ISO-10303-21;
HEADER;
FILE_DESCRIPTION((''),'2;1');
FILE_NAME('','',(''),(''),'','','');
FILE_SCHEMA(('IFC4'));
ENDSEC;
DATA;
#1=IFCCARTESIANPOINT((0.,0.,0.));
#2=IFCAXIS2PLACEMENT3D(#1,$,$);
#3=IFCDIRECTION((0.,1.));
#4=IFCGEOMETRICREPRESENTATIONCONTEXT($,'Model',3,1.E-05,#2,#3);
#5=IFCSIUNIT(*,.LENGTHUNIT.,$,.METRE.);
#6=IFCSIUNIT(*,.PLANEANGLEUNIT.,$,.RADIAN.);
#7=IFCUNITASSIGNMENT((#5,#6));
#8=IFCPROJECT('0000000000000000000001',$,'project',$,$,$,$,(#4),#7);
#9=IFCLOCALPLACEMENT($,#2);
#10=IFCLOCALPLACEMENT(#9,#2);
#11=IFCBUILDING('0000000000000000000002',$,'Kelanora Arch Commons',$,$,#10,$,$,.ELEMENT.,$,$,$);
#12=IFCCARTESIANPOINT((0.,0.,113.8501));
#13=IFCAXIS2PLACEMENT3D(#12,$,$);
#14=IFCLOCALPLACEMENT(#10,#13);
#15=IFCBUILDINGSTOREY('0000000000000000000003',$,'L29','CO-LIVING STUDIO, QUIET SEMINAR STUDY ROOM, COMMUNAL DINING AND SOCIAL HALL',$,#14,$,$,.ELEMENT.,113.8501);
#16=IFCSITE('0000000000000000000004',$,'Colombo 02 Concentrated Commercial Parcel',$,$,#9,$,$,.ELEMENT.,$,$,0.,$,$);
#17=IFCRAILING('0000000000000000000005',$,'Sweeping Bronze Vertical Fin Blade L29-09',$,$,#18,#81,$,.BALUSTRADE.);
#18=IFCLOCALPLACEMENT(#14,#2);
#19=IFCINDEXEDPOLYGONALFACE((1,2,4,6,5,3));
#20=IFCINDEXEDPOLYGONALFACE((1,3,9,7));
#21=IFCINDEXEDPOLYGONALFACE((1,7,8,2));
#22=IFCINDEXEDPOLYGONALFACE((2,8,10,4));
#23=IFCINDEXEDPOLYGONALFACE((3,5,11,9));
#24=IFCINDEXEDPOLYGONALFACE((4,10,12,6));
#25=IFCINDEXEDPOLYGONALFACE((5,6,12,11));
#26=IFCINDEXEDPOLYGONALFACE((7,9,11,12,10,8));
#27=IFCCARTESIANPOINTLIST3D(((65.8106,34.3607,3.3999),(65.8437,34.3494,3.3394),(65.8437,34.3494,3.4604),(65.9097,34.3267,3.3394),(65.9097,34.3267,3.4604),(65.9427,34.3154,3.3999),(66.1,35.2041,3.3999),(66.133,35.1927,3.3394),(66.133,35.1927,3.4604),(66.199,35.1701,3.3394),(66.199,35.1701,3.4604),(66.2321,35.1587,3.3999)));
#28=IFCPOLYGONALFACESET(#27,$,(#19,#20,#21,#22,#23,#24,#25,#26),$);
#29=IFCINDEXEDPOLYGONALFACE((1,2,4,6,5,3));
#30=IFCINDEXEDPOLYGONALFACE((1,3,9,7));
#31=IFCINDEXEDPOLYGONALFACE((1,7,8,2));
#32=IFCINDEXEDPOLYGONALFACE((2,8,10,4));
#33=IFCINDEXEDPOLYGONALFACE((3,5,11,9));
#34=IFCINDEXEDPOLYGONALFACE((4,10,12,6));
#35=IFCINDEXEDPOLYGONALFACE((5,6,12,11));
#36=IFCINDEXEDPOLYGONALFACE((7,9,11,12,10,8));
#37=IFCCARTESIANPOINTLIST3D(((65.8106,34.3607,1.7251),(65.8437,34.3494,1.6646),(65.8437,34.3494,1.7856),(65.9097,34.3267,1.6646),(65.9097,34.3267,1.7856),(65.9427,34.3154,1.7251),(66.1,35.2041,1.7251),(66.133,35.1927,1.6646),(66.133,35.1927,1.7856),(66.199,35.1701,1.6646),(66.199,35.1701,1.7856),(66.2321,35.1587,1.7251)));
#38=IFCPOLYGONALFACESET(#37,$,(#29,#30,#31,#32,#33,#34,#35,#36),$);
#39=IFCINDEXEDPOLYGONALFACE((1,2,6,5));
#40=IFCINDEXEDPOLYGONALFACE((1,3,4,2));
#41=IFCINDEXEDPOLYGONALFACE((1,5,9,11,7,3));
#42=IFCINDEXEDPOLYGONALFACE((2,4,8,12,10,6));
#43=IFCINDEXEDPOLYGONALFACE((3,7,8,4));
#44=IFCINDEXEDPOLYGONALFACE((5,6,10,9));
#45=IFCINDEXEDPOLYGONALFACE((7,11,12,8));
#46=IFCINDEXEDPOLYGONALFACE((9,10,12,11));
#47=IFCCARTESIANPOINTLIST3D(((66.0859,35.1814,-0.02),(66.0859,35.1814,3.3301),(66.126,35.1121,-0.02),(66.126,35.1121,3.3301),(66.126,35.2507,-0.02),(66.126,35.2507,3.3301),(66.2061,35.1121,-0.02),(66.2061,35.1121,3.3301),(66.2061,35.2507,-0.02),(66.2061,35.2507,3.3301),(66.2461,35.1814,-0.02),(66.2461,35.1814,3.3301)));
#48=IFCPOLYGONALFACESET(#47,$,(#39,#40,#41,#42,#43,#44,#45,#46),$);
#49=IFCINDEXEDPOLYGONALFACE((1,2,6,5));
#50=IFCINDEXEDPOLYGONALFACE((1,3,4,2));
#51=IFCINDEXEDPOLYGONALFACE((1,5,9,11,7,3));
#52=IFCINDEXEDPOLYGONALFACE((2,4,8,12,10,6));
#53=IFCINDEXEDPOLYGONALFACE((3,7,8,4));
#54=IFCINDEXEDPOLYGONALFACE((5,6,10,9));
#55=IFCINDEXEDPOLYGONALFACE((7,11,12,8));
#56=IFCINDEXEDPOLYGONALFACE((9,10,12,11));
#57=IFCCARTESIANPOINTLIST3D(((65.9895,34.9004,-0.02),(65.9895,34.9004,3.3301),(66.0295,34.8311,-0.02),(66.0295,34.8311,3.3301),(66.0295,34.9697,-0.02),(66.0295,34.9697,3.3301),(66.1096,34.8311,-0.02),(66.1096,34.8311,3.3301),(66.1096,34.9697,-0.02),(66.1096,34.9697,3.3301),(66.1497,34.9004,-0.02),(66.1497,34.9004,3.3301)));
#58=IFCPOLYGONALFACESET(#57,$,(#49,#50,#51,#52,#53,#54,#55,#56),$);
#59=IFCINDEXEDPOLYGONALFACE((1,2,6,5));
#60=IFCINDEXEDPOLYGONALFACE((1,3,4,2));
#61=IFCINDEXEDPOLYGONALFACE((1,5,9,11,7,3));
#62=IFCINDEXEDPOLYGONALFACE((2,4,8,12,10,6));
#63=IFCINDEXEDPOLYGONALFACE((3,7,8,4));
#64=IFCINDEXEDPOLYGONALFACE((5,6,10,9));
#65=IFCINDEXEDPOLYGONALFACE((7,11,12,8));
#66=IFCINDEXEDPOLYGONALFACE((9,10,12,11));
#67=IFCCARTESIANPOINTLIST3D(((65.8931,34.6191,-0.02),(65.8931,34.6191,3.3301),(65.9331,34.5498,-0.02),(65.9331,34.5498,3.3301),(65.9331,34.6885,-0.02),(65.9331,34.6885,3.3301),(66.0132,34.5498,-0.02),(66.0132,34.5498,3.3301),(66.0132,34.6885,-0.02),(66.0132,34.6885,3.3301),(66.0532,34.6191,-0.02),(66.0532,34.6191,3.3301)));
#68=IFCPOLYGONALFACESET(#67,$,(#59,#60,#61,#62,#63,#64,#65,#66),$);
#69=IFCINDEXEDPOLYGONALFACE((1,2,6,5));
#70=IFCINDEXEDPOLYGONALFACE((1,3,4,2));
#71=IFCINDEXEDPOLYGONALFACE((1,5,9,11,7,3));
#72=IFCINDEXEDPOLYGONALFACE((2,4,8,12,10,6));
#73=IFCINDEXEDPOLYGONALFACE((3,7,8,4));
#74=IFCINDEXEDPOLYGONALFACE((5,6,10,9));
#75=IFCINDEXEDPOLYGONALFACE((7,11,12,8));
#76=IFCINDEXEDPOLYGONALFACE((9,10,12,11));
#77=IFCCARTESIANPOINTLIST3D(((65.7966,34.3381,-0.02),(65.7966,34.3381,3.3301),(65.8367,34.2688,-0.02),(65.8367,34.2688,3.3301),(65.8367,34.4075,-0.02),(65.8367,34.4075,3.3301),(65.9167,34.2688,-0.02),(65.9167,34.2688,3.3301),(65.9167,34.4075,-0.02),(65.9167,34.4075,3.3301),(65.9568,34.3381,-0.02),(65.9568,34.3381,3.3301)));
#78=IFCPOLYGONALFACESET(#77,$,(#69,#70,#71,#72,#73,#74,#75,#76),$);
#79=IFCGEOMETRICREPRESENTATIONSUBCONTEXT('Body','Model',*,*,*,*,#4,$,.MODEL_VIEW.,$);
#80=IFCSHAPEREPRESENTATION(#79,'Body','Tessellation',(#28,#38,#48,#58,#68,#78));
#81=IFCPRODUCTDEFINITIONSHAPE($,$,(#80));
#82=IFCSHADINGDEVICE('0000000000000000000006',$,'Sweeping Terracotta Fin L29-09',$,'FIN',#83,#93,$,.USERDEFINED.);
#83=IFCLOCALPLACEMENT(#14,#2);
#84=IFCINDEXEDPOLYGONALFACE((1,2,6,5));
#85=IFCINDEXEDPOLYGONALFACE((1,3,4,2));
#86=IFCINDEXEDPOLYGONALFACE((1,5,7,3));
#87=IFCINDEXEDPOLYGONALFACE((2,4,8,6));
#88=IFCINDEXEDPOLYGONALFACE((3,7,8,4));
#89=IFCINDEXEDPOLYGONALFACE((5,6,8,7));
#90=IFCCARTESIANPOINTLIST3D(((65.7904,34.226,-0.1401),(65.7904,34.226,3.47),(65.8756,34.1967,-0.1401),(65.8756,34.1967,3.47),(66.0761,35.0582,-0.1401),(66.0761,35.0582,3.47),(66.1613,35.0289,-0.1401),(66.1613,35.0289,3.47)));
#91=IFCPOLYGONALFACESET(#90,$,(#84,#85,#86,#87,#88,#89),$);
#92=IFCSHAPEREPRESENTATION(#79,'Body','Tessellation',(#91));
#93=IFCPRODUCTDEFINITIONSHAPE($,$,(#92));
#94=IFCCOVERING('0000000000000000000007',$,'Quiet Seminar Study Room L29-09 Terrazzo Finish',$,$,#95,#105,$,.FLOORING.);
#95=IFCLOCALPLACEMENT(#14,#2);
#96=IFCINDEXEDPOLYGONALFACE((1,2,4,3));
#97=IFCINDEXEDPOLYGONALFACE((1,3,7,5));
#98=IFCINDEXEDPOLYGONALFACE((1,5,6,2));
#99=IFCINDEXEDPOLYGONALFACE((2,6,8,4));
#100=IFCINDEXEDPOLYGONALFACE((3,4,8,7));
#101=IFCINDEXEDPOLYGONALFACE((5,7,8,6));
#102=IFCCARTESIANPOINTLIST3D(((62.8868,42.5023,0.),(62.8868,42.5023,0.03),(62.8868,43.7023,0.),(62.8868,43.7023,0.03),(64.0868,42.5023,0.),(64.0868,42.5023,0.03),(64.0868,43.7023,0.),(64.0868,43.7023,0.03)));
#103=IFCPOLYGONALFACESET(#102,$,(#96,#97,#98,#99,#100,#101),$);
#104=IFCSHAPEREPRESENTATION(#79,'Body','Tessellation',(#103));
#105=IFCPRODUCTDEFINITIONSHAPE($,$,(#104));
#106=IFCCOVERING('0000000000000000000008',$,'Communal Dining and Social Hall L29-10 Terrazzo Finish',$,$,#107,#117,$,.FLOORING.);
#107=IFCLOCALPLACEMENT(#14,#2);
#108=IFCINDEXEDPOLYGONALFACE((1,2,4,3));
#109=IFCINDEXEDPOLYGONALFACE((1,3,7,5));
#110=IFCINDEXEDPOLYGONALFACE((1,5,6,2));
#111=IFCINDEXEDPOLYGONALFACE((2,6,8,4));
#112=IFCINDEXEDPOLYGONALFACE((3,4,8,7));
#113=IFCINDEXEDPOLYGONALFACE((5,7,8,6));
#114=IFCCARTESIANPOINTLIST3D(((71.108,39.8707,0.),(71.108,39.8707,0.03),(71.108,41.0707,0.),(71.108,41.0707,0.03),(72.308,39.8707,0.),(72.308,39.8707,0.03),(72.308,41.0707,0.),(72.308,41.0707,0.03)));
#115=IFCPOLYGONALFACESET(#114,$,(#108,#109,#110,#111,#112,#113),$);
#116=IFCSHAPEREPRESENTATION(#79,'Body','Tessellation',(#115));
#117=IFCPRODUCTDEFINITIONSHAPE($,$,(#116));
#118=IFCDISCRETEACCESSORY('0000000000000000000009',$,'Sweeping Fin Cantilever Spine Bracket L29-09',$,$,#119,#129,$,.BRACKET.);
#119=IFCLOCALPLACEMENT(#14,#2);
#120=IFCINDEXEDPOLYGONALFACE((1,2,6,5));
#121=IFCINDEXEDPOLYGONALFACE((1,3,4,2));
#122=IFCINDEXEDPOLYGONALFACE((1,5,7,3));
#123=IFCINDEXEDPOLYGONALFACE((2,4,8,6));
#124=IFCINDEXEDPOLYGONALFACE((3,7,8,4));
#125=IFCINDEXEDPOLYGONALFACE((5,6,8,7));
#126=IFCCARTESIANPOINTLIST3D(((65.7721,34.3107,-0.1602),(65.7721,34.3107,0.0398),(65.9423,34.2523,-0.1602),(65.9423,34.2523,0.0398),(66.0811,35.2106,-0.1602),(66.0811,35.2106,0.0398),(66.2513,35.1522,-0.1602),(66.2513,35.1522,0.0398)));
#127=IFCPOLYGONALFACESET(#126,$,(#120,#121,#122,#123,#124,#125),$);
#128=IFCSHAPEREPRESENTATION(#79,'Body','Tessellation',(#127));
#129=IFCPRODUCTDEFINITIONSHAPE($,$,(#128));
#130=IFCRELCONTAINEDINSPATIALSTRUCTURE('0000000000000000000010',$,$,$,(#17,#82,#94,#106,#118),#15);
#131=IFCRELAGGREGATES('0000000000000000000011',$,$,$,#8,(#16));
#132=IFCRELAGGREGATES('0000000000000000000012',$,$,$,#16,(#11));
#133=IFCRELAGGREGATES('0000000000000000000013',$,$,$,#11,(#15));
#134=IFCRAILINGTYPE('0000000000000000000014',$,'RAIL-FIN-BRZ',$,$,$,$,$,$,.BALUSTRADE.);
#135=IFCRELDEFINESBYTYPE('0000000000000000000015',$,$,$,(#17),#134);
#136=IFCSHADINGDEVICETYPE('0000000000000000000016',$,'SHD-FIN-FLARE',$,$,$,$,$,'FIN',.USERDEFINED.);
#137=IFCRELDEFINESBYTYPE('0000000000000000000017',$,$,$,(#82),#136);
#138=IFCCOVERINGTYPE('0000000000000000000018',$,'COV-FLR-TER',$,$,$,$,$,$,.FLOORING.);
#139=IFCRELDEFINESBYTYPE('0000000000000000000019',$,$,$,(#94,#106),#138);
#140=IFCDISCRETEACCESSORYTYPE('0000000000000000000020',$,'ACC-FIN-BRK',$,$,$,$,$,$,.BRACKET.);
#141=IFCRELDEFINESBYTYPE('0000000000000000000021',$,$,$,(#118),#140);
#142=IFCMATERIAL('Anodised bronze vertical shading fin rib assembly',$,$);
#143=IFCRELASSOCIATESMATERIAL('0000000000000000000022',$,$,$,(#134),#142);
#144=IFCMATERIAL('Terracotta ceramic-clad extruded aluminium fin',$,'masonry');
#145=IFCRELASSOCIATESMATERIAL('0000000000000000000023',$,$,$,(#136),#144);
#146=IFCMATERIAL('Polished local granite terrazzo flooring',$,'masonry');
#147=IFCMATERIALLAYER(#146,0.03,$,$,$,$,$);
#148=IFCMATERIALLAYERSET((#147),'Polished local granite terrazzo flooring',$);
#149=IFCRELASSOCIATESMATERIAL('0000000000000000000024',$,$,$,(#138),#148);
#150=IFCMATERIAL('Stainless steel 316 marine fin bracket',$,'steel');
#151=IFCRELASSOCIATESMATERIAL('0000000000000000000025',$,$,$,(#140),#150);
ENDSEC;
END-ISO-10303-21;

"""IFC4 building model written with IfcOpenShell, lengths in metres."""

from ifc_helpers import new_model, si_unit, direction, frame, origin, origin_2d, place, context, subcontext, project, spatial, polyline, rectangle, outline, extrude, source, transform, mapped, material, layer, layer_set, type_object, element, save


model = new_model("IFC4")

# Units and contexts
model_context = context("Model", 3, precision=1e-05, world=origin(), true_north=direction((0.0, 1.0)))
body_context = subcontext(model_context, "Body", "Model", "MODEL_VIEW")
ifc_project = project(units=[si_unit("LENGTHUNIT", "METRE"), si_unit("PLANEANGLEUNIT", "RADIAN")], contexts=[model_context])

# Site, building, storey
site_placement = place(None, origin())
site = spatial("IfcSite", under=ifc_project, at=site_placement, Name="Colombo 02 Concentrated Commercial Parcel", CompositionType="ELEMENT", RefElevation=0.0)
building_placement = place(site_placement, origin())
building = spatial("IfcBuilding", under=site, at=building_placement, Name="Kelanora Arch Commons", CompositionType="ELEMENT")
storey_placement = place(building_placement, frame((0.0, 0.0, 113.8501)))
storey = spatial("IfcBuildingStorey", under=building, at=storey_placement, Name="L29", Description="CO-LIVING STUDIO, QUIET SEMINAR STUDY ROOM, COMMUNAL DINING AND SOCIAL HALL", CompositionType="ELEMENT", Elevation=113.8501)

# Railing
ifc_material_1 = material(Name="Anodised bronze vertical shading fin rib assembly")
railing_type = type_object("IfcRailingType", Name="RAIL-FIN-BRZ", PredefinedType="BALUSTRADE", material=ifc_material_1)
railing_placement = place(storey_placement, frame((66.166, 35.1814, -0.02)))
element("IfcRailing", 1, at=railing_placement, inside=storey, type_object=railing_type, Name="Sweeping Bronze Vertical Fin Blade L29-09", PredefinedType="BALUSTRADE", context=body_context, shape_type="SweptSolid", body=[
    extrude(outline(polyline([(0.0698, 0.0), (0.0349, 0.0605), (-0.0349, 0.0605), (-0.0698, 0.0), (-0.0349, -0.0605), (0.0349, -0.0605), (0.0698, 0.0)])), frame((0.0, 0.0, 3.4199), z_axis=(-0.324513, -0.945881, 0.0), x_axis=(0.945881, -0.324513, 0.0)), (0.0, 0.0, 1.0), 0.8916),
    extrude(outline(polyline([(0.0698, 0.0), (0.0349, 0.0605), (-0.0349, 0.0605), (-0.0698, 0.0), (-0.0349, -0.0605), (0.0349, -0.0605), (0.0698, 0.0)])), frame((0.0, 0.0, 1.7451), z_axis=(-0.324513, -0.945881, 0.0), x_axis=(0.945881, -0.324513, 0.0)), (0.0, 0.0, 1.0), 0.8916),
    extrude(outline(polyline([(0.0801, 0.0), (0.04, 0.0693), (-0.04, 0.0693), (-0.0801, 0.0), (-0.04, -0.0693), (0.04, -0.0693), (0.0801, 0.0)])), origin(), (0.0, 0.0, 1.0), 3.3501),
    extrude(outline(polyline([(0.0801, 0.0), (0.04, 0.0693), (-0.04, 0.0693), (-0.0801, 0.0), (-0.04, -0.0693), (0.04, -0.0693), (0.0801, 0.0)])), frame((-0.0964, -0.281, 0.0)), (0.0, 0.0, 1.0), 3.3501),
    extrude(outline(polyline([(0.0801, 0.0), (0.04, 0.0693), (-0.04, 0.0693), (-0.0801, 0.0), (-0.04, -0.0693), (0.04, -0.0693), (0.0801, 0.0)])), frame((-0.1929, -0.5623, 0.0)), (0.0, 0.0, 1.0), 3.3501),
    extrude(outline(polyline([(0.0801, 0.0), (0.04, 0.0693), (-0.04, 0.0693), (-0.0801, 0.0), (-0.04, -0.0693), (0.04, -0.0693), (0.0801, 0.0)])), frame((-0.2893, -0.8433, 0.0)), (0.0, 0.0, 1.0), 3.3501),
])

# Shading device
ifc_material_2 = material(Name="Terracotta ceramic-clad extruded aluminium fin", Category="masonry")
shading_device_type = type_object("IfcShadingDeviceType", Name="SHD-FIN-FLARE", ElementType="FIN", PredefinedType="USERDEFINED", material=ifc_material_2)
shared_shape_1 = source(origin(), body_context, "Body", "SweptSolid", [
    extrude(rectangle(XDim=0.8799, YDim=0.0901, at=origin_2d()), origin(), (0.0, 0.0, 1.0), 3.6101),
])
shading_device_placement = place(storey_placement, frame((65.9758, 34.6274, -0.1401), z_axis=(0.0, 0.0, 1.0), x_axis=(-0.324743, -0.945802, 0.0)))
element("IfcShadingDevice", 2, at=shading_device_placement, inside=storey, type_object=shading_device_type, Name="Sweeping Terracotta Fin L29-09", ObjectType="FIN", PredefinedType="USERDEFINED", context=body_context, shape_type="MappedRepresentation", body=[
    mapped(shared_shape_1, transform((0.0, 0.0, 0.0), scale=1.0)),
])

# Coverings
ifc_material_3 = material(Name="Polished local granite terrazzo flooring", Category="masonry")
ifc_layer_1 = layer(ifc_material_3, 0.03)
ifc_layer_set_1 = layer_set([ifc_layer_1], Name="Polished local granite terrazzo flooring")
covering_type = type_object("IfcCoveringType", Name="COV-FLR-TER", PredefinedType="FLOORING", material=ifc_layer_set_1)
shared_shape_2 = source(origin(), body_context, "Body", "SweptSolid", [
    extrude(rectangle(XDim=1.2, YDim=1.2, at=origin_2d()), origin(), (0.0, 0.0, 1.0), 0.03),
])
for number, where, z_axis, x_axis, name in (
    (3, (63.4868, 43.1023, 0.0), (0.0, 0.0, 1.0), (1.0, 0.0, 0.0), "Quiet Seminar Study Room L29-09 Terrazzo Finish"),
    (4, (71.708, 40.4707, 0.0), (0.0, 0.0, 1.0), (1.0, 0.0, 0.0), "Communal Dining and Social Hall L29-10 Terrazzo Finish"),
):
    element("IfcCovering", number, at=place(storey_placement, frame(where, z_axis=z_axis, x_axis=x_axis)), inside=storey, type_object=covering_type, Name=name, PredefinedType="FLOORING", context=body_context, shape_type="MappedRepresentation", body=[
        mapped(shared_shape_2, transform((0.0, 0.0, 0.0), scale=1.0)),
    ])

# Discrete accessory
ifc_material_4 = material(Name="Stainless steel 316 marine fin bracket", Category="steel")
discrete_accessory_type = type_object("IfcDiscreteAccessoryType", Name="ACC-FIN-BRK", PredefinedType="BRACKET", material=ifc_material_4)
shared_shape_3 = source(origin(), body_context, "Body", "SweptSolid", [
    extrude(rectangle(XDim=0.9514, YDim=0.1799, at=origin_2d()), origin(), (0.0, 0.0, 1.0), 0.2),
])
discrete_accessory_placement = place(storey_placement, frame((66.0117, 34.7314, -0.1602), z_axis=(0.0, 0.0, 1.0), x_axis=(-0.324743, -0.945802, 0.0)))
element("IfcDiscreteAccessory", 5, at=discrete_accessory_placement, inside=storey, type_object=discrete_accessory_type, Name="Sweeping Fin Cantilever Spine Bracket L29-09", PredefinedType="BRACKET", context=body_context, shape_type="MappedRepresentation", body=[
    mapped(shared_shape_3, transform((0.0, 0.0, 0.0), scale=1.0)),
])

save(model, "model.ifc")
